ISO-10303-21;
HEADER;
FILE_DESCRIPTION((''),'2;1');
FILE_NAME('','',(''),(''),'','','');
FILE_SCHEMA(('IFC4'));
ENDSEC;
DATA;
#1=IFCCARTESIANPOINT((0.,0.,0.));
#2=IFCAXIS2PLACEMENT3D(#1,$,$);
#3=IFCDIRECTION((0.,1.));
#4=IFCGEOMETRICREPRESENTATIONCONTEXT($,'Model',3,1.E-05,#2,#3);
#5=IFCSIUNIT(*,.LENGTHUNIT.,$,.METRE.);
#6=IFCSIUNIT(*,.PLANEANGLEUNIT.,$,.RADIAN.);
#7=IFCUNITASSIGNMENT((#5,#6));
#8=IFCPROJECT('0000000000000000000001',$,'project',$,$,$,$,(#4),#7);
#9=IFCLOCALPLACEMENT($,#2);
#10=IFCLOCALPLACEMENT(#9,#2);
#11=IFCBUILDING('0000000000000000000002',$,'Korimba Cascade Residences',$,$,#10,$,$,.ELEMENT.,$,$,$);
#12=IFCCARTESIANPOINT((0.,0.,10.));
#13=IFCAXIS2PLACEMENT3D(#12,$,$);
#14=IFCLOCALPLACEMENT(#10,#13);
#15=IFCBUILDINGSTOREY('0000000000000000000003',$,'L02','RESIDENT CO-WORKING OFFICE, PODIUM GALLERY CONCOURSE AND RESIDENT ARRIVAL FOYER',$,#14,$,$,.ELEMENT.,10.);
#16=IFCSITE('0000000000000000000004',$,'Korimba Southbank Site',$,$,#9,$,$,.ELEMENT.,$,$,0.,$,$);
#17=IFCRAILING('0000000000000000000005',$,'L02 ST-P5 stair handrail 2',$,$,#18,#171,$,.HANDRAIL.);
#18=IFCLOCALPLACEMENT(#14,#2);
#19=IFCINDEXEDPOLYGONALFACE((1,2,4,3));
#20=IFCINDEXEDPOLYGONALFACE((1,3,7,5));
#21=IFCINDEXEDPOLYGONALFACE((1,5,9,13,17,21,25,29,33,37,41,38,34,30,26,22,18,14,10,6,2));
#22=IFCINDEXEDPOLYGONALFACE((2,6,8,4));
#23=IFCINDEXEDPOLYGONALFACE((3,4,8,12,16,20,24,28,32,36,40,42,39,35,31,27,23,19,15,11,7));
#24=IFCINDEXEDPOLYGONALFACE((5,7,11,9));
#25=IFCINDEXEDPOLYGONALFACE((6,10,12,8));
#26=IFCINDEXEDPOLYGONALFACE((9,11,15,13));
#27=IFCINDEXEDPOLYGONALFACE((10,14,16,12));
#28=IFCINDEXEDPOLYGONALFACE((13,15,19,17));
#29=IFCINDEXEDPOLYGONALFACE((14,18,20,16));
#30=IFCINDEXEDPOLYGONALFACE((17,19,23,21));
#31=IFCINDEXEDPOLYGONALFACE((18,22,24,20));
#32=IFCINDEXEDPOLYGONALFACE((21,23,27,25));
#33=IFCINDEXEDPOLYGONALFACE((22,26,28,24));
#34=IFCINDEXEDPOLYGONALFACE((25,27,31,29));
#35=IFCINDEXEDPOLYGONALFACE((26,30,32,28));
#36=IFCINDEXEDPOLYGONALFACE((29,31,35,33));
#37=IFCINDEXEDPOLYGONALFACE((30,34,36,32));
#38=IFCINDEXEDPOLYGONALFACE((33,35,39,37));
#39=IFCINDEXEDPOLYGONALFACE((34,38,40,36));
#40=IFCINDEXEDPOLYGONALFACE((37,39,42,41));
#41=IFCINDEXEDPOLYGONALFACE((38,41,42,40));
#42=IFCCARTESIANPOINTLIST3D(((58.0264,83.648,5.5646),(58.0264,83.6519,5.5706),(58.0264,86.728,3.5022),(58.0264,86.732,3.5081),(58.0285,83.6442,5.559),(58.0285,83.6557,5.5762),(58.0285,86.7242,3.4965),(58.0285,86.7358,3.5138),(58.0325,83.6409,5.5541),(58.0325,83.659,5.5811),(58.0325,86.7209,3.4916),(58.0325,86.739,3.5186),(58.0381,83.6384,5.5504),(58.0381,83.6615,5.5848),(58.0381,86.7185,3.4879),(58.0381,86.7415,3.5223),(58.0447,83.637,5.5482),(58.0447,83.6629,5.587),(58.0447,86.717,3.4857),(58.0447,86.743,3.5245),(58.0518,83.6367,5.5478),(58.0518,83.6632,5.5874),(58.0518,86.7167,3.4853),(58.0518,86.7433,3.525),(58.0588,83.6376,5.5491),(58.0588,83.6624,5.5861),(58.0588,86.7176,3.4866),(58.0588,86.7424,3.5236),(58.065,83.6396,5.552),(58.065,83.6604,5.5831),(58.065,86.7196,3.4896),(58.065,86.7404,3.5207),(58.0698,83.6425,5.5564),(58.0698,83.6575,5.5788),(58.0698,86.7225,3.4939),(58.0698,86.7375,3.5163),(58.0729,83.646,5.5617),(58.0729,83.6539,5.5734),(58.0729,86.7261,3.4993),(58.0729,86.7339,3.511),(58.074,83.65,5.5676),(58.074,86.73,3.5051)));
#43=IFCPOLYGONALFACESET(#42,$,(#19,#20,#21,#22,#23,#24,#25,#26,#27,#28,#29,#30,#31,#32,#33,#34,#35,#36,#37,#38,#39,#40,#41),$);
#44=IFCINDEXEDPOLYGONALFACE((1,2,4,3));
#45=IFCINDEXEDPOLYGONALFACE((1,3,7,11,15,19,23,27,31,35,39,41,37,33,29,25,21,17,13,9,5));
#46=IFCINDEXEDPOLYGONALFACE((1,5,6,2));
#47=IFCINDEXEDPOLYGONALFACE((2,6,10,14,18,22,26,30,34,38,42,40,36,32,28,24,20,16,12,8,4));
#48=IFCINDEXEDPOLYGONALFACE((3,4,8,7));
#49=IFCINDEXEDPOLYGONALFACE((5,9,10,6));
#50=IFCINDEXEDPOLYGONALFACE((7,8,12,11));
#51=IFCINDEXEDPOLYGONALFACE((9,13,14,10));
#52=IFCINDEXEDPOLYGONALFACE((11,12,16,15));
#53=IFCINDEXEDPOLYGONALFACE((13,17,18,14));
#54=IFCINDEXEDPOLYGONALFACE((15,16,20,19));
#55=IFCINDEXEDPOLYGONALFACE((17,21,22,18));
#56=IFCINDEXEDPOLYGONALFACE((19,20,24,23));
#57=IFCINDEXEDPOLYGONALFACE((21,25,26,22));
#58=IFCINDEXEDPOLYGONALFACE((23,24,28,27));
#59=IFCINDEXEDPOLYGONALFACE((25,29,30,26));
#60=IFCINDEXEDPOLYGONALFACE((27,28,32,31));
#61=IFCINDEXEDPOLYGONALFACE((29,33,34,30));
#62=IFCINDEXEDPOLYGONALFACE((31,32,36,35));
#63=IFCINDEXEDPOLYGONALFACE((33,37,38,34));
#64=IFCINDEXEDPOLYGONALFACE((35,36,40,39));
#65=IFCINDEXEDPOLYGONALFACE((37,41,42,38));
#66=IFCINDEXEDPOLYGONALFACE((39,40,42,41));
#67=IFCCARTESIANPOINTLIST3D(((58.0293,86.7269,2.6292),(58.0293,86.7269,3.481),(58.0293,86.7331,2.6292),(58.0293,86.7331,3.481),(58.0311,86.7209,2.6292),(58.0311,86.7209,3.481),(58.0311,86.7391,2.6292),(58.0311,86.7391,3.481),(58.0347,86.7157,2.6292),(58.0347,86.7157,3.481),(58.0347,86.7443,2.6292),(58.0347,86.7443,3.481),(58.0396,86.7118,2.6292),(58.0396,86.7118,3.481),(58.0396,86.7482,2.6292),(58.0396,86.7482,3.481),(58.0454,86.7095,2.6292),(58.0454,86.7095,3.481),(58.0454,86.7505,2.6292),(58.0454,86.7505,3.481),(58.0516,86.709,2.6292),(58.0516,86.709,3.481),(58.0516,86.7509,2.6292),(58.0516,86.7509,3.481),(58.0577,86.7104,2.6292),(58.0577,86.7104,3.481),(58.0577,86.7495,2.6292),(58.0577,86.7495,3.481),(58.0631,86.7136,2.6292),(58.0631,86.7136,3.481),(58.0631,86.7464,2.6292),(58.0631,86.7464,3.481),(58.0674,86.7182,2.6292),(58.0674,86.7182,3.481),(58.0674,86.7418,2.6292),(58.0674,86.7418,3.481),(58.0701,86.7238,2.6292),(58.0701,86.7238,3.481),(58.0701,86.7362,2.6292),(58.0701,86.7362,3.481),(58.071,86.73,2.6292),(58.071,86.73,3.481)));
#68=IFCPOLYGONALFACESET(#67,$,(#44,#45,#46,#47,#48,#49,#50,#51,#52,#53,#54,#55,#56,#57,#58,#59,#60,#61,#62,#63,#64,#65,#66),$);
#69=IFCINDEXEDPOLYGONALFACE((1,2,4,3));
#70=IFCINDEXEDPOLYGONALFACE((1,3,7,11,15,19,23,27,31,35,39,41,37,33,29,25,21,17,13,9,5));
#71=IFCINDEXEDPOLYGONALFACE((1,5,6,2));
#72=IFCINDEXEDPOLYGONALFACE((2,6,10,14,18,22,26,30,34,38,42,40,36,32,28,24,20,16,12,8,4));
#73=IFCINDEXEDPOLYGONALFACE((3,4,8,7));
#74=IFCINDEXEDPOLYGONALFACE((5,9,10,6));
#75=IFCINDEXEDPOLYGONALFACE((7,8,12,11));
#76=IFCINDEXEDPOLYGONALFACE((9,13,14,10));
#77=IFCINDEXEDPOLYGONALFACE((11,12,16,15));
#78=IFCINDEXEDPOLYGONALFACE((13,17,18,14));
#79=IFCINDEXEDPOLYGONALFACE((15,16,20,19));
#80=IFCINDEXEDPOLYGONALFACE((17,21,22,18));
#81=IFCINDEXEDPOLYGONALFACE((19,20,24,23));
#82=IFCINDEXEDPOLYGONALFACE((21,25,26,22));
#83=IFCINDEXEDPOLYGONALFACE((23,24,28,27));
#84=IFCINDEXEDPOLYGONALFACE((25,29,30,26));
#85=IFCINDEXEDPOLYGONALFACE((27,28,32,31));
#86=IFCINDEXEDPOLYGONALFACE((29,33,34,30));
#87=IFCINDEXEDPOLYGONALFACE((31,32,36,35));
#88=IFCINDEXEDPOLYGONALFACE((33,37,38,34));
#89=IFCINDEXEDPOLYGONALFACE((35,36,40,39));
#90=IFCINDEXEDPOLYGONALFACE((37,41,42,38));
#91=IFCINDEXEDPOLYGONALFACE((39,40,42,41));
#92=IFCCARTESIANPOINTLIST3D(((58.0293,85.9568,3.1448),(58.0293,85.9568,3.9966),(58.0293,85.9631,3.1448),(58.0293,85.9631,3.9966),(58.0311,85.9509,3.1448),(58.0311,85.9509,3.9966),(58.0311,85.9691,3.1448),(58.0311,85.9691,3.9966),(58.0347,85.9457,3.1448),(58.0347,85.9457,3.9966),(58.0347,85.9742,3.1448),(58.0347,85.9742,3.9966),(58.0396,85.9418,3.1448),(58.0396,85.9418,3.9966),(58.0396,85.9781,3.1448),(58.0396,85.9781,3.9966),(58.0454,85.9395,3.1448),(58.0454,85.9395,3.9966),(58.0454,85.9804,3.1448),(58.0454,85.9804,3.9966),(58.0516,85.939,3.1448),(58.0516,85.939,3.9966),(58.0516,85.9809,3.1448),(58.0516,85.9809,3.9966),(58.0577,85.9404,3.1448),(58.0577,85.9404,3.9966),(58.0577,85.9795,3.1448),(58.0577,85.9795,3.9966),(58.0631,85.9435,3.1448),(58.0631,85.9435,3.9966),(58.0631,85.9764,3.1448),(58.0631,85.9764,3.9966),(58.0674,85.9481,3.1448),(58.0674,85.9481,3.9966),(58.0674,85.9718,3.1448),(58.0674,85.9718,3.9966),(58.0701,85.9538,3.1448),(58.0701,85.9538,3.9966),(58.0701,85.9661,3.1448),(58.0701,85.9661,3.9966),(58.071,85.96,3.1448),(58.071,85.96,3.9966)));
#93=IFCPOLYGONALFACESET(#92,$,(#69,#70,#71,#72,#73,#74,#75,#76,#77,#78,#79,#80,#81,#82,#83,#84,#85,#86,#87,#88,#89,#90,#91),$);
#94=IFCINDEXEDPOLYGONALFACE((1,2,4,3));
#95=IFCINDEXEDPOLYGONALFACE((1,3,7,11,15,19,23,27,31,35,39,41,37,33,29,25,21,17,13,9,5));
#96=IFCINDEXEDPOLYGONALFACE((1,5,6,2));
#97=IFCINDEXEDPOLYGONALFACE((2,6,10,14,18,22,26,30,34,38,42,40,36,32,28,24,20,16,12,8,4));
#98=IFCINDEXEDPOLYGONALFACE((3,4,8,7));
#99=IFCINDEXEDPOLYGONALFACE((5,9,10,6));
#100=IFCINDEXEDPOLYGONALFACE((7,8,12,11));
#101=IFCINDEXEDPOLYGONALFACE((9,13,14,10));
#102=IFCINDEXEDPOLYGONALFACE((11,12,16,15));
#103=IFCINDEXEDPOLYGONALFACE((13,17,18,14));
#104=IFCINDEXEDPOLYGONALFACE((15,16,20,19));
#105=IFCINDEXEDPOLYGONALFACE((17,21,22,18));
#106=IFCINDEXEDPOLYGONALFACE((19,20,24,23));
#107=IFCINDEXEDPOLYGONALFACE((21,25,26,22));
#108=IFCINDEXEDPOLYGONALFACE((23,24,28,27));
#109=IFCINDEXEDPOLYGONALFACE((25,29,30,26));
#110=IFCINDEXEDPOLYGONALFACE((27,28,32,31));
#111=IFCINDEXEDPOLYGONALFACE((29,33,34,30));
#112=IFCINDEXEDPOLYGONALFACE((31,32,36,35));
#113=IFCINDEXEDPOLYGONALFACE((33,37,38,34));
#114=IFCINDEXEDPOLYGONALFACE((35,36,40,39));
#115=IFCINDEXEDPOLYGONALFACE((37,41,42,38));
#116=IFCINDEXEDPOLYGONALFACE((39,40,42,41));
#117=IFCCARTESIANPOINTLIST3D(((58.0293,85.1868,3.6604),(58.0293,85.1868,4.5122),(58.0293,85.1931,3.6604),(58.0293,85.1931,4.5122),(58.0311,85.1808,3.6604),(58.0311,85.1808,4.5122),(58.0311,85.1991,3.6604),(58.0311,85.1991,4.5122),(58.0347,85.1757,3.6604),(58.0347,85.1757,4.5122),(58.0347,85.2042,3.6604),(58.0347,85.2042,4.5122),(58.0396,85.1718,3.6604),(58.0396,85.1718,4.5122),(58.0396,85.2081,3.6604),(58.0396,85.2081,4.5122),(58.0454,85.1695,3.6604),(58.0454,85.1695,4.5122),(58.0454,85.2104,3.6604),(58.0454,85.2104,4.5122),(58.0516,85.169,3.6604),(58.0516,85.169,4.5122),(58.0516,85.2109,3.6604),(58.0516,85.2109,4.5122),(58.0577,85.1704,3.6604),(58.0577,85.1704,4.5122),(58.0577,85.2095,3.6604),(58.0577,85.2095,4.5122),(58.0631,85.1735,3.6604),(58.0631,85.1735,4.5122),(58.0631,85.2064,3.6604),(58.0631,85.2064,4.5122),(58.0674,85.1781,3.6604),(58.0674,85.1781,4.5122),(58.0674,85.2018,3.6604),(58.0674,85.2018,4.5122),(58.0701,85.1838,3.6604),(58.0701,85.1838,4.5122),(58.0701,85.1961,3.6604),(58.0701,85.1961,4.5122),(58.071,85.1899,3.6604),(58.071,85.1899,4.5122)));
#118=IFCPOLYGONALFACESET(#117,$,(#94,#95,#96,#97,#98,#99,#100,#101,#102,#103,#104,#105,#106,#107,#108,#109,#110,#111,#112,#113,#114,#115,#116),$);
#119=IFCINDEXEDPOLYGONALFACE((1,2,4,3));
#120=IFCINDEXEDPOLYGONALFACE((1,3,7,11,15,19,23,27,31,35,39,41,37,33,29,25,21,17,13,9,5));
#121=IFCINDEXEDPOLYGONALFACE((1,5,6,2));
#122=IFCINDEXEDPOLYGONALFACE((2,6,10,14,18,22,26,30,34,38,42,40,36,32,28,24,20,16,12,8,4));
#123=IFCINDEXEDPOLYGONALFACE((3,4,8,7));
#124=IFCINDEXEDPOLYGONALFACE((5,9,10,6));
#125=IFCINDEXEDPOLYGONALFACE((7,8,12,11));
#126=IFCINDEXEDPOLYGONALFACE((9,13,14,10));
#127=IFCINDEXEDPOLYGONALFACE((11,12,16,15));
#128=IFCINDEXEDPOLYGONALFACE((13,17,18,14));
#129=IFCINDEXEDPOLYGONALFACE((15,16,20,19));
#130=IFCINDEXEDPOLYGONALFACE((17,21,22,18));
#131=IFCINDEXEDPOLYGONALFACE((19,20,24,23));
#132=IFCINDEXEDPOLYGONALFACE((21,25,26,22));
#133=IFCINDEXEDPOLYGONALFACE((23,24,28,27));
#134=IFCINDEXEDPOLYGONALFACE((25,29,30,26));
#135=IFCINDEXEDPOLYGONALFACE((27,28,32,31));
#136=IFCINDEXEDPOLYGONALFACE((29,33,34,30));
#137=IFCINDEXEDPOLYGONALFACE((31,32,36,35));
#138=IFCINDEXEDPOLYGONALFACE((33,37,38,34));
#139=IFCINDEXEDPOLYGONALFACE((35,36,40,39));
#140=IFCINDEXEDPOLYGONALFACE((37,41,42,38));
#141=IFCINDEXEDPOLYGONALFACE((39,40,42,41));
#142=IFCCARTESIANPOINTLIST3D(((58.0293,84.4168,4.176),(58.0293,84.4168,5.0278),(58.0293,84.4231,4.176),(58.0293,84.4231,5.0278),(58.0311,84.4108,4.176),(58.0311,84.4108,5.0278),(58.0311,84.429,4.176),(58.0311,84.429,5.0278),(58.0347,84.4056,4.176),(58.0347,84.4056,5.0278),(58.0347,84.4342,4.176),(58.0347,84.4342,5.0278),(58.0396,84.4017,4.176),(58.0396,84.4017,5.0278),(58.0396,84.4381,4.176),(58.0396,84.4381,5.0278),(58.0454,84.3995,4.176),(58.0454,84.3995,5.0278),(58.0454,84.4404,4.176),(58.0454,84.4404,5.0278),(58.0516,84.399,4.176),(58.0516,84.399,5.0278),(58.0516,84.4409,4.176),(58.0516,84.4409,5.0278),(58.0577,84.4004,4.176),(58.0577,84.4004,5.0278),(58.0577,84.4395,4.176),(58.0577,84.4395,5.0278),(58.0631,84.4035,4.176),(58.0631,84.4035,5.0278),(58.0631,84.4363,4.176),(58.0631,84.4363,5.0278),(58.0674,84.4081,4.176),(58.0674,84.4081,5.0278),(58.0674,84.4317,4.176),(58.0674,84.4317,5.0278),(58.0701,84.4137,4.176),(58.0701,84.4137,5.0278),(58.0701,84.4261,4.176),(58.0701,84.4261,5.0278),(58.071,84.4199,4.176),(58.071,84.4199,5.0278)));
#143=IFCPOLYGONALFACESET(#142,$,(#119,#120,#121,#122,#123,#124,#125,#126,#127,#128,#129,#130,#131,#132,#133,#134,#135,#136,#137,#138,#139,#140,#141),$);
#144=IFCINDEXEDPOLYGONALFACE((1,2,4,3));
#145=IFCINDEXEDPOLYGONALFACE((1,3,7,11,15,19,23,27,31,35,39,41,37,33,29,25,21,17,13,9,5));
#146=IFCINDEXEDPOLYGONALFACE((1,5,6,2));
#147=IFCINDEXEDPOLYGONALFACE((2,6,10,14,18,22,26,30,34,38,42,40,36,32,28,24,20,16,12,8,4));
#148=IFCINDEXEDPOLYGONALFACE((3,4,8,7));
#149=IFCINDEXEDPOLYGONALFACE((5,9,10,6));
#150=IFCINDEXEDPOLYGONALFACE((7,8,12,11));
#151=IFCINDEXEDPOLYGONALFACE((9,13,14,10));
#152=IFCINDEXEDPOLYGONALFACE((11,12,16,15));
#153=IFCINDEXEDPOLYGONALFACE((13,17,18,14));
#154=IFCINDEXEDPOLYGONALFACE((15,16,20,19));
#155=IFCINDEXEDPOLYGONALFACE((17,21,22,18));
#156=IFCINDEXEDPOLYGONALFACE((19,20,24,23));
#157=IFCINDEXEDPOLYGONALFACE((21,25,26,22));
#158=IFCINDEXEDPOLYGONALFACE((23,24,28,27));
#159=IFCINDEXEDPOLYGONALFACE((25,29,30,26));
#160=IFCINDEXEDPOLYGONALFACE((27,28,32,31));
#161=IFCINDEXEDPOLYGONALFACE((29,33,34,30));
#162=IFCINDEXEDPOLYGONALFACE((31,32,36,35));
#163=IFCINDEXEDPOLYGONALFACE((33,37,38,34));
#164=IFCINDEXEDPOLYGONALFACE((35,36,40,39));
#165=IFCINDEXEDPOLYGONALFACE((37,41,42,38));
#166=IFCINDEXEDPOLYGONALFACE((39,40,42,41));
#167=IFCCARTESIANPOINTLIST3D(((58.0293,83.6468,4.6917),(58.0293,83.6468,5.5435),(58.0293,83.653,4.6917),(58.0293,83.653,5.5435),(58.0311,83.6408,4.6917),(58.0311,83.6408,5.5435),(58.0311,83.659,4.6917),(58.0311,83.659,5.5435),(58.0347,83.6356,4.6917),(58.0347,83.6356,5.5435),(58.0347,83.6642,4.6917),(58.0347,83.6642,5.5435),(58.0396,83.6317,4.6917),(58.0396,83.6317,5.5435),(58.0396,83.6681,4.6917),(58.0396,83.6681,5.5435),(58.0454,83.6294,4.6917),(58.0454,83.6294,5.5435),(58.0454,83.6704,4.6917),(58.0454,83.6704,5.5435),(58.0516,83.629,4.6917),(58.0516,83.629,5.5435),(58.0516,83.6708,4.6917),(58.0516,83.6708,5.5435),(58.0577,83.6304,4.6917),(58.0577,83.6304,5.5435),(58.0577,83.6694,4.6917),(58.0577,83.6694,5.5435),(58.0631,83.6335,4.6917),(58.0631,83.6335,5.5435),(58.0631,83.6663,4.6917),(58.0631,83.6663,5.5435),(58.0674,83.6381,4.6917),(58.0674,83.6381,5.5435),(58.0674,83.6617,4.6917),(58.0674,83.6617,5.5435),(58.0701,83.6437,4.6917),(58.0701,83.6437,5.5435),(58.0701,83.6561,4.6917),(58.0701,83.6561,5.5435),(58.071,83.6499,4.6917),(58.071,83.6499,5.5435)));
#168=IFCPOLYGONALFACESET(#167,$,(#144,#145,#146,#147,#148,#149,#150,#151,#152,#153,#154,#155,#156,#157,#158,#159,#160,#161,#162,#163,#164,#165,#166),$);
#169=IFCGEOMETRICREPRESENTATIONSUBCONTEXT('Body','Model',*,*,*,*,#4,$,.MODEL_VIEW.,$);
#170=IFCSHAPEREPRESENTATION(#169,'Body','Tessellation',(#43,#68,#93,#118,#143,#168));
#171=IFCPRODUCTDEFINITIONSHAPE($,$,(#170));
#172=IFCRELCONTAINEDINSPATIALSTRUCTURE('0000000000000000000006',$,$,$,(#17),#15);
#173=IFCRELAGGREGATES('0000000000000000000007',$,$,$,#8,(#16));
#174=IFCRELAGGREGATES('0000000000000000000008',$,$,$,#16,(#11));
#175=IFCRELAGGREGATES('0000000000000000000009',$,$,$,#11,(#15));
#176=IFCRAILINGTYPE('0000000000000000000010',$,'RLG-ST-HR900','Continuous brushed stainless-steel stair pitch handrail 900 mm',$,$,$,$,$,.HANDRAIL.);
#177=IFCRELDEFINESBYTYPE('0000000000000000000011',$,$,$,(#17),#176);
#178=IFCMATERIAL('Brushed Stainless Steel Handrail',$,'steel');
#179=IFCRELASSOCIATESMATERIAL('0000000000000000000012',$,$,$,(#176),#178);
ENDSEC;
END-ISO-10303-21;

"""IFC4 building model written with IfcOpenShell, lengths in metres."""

from ifc_helpers import new_model, si_unit, direction, frame, origin, origin_2d, place, context, subcontext, project, spatial, circle, extrude, material, type_object, element, save


model = new_model("IFC4")

# Units and contexts
model_context = context("Model", 3, precision=1e-05, world=origin(), true_north=direction((0.0, 1.0)))
body_context = subcontext(model_context, "Body", "Model", "MODEL_VIEW")
ifc_project = project(units=[si_unit("LENGTHUNIT", "METRE"), si_unit("PLANEANGLEUNIT", "RADIAN")], contexts=[model_context])

# Site, building, storey
site_placement = place(None, origin())
site = spatial("IfcSite", under=ifc_project, at=site_placement, Name="Korimba Southbank Site", CompositionType="ELEMENT", RefElevation=0.0)
building_placement = place(site_placement, origin())
building = spatial("IfcBuilding", under=site, at=building_placement, Name="Korimba Cascade Residences", CompositionType="ELEMENT")
storey_placement = place(building_placement, frame((0.0, 0.0, 10.0)))
storey = spatial("IfcBuildingStorey", under=building, at=storey_placement, Name="L02", Description="RESIDENT CO-WORKING OFFICE, PODIUM GALLERY CONCOURSE AND RESIDENT ARRIVAL FOYER", CompositionType="ELEMENT", Elevation=10.0)

# Railing
ifc_material_1 = material(Name="Brushed Stainless Steel Handrail", Category="steel")
railing_type_1 = type_object("IfcRailingType", Name="RLG-ST-HR900", Description="Continuous brushed stainless-steel stair pitch handrail 900 mm", PredefinedType="HANDRAIL", material=ifc_material_1)
railing_1_placement = place(storey_placement, frame((58.05, 86.73, 2.6292)))
element("IfcRailing", 1, at=railing_1_placement, inside=storey, type_object=railing_type_1, Name="L02 ST-P5 stair handrail 2", PredefinedType="HANDRAIL", context=body_context, shape_type="SweptSolid", body=[
    extrude(circle(Radius=0.0239, at=origin_2d()), frame((0.0, 0.0, 0.876), z_axis=(0.0, -0.830914, 0.556401), x_axis=(1.0, 0.0, 0.0)), (0.0, 0.0, 1.0), 3.7068),
    extrude(circle(Radius=0.021, at=origin_2d()), origin(), (0.0, 0.0, 1.0), 0.8518),
    extrude(circle(Radius=0.021, at=origin_2d()), frame((0.0, -0.77, 0.5156)), (0.0, 0.0, 1.0), 0.8518),
    extrude(circle(Radius=0.021, at=origin_2d()), frame((0.0, -1.54, 1.0312)), (0.0, 0.0, 1.0), 0.8518),
    extrude(circle(Radius=0.021, at=origin_2d()), frame((0.0, -2.3101, 1.5469)), (0.0, 0.0, 1.0), 0.8518),
    extrude(circle(Radius=0.021, at=origin_2d()), frame((0.0, -3.0801, 2.0625)), (0.0, 0.0, 1.0), 0.8518),
])

save(model, "model.ifc")
